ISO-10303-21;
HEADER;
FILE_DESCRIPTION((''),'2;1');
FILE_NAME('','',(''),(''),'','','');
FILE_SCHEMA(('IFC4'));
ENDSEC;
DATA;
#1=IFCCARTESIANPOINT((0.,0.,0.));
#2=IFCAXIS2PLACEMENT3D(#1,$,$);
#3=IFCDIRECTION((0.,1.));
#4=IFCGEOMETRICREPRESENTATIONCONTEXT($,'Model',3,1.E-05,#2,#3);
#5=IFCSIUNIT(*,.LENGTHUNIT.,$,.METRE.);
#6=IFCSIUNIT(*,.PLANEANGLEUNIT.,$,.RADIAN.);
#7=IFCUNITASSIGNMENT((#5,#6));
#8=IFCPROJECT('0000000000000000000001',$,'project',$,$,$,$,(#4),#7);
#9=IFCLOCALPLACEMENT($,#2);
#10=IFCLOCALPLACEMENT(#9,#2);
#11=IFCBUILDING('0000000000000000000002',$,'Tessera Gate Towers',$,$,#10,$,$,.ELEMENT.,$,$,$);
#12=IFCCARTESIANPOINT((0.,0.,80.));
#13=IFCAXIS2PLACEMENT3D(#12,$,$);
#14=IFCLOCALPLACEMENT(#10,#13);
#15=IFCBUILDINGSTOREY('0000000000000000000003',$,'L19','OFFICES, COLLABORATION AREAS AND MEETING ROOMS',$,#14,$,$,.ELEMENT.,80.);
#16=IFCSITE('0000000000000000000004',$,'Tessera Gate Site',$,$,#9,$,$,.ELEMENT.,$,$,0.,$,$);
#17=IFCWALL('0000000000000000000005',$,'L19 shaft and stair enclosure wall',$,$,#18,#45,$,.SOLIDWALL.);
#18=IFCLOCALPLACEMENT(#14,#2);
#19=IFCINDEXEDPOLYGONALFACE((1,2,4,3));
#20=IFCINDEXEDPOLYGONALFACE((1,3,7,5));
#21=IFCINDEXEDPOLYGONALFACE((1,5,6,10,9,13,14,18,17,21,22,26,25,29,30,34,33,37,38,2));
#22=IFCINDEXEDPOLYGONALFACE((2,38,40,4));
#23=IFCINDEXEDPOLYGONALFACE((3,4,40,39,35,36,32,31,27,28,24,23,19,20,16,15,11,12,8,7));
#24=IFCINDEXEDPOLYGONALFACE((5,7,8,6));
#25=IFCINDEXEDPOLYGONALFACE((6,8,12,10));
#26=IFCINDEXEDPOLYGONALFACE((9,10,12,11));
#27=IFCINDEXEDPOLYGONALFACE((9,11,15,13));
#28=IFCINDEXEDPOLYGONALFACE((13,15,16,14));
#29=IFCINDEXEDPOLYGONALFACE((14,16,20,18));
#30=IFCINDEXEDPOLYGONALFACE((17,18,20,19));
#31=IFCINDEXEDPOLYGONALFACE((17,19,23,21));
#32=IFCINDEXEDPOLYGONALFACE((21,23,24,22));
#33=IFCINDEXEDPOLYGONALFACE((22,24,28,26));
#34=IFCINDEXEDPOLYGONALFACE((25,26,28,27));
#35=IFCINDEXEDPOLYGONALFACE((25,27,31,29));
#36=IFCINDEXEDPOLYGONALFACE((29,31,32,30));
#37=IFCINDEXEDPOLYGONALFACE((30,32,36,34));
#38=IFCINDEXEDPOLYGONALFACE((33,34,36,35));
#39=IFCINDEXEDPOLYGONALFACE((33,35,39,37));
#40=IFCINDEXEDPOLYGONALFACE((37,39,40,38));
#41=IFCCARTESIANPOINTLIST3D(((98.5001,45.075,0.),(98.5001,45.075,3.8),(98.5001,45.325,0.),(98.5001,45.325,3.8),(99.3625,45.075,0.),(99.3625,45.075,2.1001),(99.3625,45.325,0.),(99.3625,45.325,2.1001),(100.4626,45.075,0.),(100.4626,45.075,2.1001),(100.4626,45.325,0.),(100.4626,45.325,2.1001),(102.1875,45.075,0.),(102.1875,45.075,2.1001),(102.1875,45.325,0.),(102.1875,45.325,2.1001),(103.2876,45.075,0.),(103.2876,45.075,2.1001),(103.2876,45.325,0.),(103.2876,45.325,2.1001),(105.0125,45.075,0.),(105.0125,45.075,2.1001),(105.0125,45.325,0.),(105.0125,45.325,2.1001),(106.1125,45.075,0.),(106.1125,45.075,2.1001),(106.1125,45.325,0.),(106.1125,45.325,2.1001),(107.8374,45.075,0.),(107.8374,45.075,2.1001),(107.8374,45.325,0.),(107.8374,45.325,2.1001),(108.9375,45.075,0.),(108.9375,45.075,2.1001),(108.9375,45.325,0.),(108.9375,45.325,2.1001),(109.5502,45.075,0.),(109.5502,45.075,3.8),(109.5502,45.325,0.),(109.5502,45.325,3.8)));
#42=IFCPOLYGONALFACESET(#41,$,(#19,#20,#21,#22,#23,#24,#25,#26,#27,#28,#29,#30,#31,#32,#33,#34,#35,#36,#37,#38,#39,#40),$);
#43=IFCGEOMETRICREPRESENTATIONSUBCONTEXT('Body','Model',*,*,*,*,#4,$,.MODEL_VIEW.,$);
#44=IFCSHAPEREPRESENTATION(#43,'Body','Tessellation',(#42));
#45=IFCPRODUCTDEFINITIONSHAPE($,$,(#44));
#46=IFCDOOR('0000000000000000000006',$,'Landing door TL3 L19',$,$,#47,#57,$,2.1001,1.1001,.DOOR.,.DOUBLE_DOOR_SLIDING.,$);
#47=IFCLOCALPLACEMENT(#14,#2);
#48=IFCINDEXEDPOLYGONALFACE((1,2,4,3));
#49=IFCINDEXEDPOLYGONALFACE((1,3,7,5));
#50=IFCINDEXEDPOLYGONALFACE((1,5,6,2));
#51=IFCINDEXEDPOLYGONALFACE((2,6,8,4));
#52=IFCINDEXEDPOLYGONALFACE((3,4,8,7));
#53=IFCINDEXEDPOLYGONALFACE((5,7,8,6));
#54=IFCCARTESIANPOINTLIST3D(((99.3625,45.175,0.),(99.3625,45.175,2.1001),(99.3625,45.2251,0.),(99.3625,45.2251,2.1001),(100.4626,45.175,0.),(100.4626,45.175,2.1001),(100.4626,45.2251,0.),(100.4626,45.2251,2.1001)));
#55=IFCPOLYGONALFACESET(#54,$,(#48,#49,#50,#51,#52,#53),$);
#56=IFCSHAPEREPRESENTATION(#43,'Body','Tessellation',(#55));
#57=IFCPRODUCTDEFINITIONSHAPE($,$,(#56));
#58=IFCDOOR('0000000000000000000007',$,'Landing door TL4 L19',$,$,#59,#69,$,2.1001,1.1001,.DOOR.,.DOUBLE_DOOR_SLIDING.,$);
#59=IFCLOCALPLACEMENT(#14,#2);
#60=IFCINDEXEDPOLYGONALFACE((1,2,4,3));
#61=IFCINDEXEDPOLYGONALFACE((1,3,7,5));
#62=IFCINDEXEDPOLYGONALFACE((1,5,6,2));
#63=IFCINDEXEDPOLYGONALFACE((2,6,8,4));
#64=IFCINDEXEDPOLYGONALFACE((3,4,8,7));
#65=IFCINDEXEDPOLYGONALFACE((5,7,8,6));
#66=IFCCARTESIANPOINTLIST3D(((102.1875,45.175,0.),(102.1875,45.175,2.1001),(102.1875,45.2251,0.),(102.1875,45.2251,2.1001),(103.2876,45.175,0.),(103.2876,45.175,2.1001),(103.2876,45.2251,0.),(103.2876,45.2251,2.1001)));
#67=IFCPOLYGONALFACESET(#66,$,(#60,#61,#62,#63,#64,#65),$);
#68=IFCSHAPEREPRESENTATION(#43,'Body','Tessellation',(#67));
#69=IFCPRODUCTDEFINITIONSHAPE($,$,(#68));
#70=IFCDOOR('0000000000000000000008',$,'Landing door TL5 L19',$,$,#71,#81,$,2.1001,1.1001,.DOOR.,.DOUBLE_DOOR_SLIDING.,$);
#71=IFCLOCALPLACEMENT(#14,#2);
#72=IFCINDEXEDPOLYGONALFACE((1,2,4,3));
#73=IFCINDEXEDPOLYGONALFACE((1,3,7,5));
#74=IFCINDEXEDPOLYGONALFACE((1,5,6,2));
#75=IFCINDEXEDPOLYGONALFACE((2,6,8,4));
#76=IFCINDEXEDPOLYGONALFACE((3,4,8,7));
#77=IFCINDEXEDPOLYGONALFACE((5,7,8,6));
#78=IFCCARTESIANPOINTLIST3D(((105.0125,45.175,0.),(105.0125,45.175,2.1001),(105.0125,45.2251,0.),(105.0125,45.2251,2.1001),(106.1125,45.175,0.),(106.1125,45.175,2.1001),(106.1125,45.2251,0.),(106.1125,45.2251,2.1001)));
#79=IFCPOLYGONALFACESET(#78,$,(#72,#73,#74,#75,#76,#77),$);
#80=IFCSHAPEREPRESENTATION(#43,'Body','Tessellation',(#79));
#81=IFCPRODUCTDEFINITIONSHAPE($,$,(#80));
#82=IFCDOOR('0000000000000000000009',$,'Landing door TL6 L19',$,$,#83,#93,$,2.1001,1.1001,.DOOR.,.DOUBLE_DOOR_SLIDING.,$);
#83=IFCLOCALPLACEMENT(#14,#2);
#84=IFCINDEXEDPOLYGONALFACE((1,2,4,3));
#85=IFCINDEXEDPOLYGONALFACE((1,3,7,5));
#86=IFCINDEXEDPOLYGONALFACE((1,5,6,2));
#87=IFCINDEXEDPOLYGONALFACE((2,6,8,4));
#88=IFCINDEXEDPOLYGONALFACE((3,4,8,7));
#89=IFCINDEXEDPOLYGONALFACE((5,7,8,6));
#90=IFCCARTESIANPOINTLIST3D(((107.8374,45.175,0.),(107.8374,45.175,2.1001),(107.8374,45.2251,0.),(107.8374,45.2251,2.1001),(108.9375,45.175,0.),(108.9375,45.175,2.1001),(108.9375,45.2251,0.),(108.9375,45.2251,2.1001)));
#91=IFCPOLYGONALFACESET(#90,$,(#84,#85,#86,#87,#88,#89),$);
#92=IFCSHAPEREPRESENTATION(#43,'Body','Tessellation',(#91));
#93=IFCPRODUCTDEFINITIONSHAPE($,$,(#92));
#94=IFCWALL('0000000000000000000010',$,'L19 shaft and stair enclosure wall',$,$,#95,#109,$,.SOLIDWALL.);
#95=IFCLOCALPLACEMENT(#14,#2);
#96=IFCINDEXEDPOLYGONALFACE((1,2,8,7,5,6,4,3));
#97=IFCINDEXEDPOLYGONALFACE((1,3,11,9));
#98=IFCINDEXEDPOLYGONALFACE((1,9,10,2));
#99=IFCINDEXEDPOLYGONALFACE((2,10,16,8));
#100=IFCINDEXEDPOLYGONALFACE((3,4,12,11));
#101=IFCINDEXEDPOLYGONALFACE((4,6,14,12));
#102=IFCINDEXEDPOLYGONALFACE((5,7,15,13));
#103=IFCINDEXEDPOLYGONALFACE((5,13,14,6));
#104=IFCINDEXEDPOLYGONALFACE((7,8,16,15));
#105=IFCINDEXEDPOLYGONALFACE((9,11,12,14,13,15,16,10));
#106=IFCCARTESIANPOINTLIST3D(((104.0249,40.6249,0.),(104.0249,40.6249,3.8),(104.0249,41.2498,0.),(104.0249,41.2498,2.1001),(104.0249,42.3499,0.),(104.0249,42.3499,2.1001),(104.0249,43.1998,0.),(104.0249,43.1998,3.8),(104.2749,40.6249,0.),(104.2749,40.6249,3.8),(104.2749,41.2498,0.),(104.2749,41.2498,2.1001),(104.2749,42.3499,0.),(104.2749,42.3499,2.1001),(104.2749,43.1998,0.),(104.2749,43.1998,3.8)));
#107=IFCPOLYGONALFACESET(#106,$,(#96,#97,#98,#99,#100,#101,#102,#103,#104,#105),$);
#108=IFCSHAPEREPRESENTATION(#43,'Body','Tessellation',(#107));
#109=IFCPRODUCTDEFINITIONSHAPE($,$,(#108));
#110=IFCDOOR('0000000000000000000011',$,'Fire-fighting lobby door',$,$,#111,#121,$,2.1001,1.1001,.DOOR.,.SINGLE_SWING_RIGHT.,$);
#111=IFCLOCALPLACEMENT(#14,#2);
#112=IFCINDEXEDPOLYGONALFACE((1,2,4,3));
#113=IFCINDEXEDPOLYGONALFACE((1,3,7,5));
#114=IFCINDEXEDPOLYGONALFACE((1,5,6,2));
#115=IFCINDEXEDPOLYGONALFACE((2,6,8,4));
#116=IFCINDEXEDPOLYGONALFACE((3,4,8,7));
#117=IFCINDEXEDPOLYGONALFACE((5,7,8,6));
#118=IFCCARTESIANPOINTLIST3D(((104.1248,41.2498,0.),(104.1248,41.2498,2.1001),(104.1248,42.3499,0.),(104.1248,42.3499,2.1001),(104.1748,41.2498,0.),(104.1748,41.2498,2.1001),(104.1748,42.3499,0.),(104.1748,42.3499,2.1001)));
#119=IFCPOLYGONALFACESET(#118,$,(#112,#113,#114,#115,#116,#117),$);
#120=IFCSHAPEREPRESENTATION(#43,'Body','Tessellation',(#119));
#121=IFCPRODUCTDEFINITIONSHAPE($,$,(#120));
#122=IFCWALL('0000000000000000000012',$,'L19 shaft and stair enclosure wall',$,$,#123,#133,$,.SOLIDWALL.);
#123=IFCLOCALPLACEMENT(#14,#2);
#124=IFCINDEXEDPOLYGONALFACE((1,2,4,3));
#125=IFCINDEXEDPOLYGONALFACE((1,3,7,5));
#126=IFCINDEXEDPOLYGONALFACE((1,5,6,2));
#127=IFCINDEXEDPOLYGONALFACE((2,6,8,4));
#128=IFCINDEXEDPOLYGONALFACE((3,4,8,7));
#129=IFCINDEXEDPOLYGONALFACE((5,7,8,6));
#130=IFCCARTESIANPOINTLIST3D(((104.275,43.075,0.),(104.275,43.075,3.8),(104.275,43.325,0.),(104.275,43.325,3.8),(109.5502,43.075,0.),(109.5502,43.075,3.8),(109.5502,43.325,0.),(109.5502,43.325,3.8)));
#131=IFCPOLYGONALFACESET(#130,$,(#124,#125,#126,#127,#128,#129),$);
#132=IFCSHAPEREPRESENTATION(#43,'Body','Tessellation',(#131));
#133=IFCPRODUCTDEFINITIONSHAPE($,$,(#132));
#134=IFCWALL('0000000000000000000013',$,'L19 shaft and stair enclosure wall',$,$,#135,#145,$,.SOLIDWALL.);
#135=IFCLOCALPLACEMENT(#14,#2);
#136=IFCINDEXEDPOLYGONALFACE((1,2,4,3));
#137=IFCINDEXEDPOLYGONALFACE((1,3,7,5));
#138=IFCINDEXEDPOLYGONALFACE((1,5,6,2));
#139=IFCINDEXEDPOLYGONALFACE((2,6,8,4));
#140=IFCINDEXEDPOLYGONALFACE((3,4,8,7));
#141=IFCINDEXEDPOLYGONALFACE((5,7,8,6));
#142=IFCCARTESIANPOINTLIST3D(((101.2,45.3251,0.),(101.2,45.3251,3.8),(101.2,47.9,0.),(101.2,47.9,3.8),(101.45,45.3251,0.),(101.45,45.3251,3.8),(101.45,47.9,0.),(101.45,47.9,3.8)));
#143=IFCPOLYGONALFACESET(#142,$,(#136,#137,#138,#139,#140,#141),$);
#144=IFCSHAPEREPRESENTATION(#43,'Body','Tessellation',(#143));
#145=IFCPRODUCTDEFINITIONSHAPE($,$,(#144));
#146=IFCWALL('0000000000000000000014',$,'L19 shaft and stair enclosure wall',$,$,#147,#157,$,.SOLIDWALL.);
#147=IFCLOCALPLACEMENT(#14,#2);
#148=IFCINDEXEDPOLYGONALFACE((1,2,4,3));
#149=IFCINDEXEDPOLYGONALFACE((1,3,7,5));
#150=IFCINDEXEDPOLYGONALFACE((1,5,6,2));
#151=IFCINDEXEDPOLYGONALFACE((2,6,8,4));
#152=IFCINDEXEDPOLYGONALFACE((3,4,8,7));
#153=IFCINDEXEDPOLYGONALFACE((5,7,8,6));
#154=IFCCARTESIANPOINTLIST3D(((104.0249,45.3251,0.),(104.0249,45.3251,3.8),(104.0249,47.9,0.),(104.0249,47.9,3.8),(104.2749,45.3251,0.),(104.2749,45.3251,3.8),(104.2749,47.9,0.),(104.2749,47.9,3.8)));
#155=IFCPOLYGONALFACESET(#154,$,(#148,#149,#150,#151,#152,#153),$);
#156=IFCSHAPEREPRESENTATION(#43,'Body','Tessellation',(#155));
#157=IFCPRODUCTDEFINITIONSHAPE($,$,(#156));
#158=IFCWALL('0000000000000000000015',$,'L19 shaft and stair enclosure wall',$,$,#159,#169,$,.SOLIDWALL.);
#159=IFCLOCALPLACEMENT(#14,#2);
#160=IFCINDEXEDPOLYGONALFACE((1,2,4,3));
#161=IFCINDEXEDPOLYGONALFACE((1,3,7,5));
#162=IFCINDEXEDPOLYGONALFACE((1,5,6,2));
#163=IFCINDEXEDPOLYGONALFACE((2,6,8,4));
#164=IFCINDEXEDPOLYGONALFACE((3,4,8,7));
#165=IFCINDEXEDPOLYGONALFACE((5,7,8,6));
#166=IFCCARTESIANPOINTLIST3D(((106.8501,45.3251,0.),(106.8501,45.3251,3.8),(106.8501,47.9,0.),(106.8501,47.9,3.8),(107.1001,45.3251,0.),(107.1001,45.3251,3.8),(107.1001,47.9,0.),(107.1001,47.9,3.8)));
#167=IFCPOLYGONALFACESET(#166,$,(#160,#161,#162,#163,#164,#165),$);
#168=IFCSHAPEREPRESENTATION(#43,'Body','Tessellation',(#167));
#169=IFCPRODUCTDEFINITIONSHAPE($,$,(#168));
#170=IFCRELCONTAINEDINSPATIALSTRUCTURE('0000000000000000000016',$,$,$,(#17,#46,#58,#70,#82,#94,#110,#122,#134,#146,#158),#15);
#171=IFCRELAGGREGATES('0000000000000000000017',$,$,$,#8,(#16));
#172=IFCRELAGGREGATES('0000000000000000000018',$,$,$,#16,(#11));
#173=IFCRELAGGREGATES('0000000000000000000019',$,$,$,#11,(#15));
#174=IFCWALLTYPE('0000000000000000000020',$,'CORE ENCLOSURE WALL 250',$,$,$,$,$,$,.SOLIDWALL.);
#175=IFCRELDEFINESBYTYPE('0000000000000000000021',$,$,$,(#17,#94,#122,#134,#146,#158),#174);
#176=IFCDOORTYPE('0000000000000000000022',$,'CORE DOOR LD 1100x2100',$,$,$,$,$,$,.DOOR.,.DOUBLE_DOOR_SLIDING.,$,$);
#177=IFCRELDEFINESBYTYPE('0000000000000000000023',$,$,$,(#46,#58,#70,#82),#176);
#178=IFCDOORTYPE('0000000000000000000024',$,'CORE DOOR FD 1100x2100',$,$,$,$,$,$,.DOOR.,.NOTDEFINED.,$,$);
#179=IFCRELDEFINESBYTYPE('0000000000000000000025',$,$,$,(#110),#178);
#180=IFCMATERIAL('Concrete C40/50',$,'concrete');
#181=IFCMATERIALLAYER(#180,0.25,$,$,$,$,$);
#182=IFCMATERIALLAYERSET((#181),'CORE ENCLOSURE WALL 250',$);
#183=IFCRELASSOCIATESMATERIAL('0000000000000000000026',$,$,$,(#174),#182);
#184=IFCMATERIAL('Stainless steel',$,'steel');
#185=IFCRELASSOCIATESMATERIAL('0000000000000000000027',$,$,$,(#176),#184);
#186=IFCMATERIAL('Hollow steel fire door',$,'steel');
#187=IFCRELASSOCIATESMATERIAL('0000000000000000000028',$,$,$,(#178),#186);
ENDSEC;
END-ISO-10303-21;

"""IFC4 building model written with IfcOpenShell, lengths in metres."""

from ifc_helpers import new_model, si_unit, direction, frame, frame_2d, origin, place, context, subcontext, project, spatial, rectangle, extrude, source, transform, mapped, material, layer, layer_set, type_object, element, fill, save


model = new_model("IFC4")

# Units and contexts
model_context = context("Model", 3, precision=1e-05, world=origin(), true_north=direction((0.0, 1.0)))
body_context = subcontext(model_context, "Body", "Model", "MODEL_VIEW")
ifc_project = project(units=[si_unit("LENGTHUNIT", "METRE"), si_unit("PLANEANGLEUNIT", "RADIAN")], contexts=[model_context])

# Site, building, storey
site_placement = place(None, origin())
site = spatial("IfcSite", under=ifc_project, at=site_placement, Name="Tessera Gate Site", CompositionType="ELEMENT", RefElevation=0.0)
building_placement = place(site_placement, origin())
building = spatial("IfcBuilding", under=site, at=building_placement, Name="Tessera Gate Towers", CompositionType="ELEMENT")
storey_placement = place(building_placement, frame((0.0, 0.0, 80.0)))
storey = spatial("IfcBuildingStorey", under=building, at=storey_placement, Name="L19", Description="OFFICES, COLLABORATION AREAS AND MEETING ROOMS", CompositionType="ELEMENT", Elevation=80.0)

# Wall, openings, doors
ifc_material_1 = material(Name="Concrete C40/50", Category="concrete")
ifc_layer_1 = layer(ifc_material_1, 0.25)
ifc_layer_set_1 = layer_set([ifc_layer_1], Name="CORE ENCLOSURE WALL 250")
wall_type_1 = type_object("IfcWallType", Name="CORE ENCLOSURE WALL 250", PredefinedType="SOLIDWALL", material=ifc_layer_set_1)
shared_shape_1 = source(origin(), body_context, "Body", "SweptSolid", [
    extrude(rectangle(XDim=1.1001, YDim=2.1001, at=frame_2d((0.55, 1.05))), frame((0.0, 0.135, 0.0), z_axis=(0.0, -1.0, 0.0), x_axis=(1.0, 0.0, 0.0)), (0.0, 0.0, 1.0), 0.27),
])
ifc_material_2 = material(Name="Stainless steel", Category="steel")
door_type_1 = type_object("IfcDoorType", Name="CORE DOOR LD 1100x2100", OperationType="DOUBLE_DOOR_SLIDING", PredefinedType="DOOR", material=ifc_material_2)
shared_shape_2 = source(origin(), body_context, "Body", "SweptSolid", [
    extrude(rectangle(XDim=1.1001, YDim=2.1001, at=frame_2d((0.55, 1.05))), frame((0.0, 0.0249, 0.0), z_axis=(0.0, -1.0, 0.0), x_axis=(1.0, 0.0, 0.0)), (0.0, 0.0, 1.0), 0.05),
])
wall_1_placement = place(storey_placement, frame((109.55, 45.2, 0.0), z_axis=(0.0, 0.0, 1.0), x_axis=(-1.0, 0.0, 0.0)))
wall_1 = element("IfcWall", 1, at=wall_1_placement, inside=storey, type_object=wall_type_1, Name="L19 shaft and stair enclosure wall", PredefinedType="SOLIDWALL", context=body_context, shape_type="SweptSolid", body=[
    extrude(rectangle(XDim=11.05, YDim=0.25, at=frame_2d((5.5249, 0.0))), origin(), (0.0, 0.0, 1.0), 3.8),
])
opening_1_placement = place(wall_1_placement, frame((9.0874, 0.0, 0.0)))
opening_1 = element("IfcOpeningElement", 2, at=opening_1_placement, cuts=wall_1, PredefinedType="OPENING", context=body_context, shape_type="MappedRepresentation", body=[
    mapped(shared_shape_1, transform((0.0, 0.0, 0.0), scale=1.0)),
])
opening_2_placement = place(wall_1_placement, frame((6.2625, 0.0, 0.0)))
opening_2 = element("IfcOpeningElement", 3, at=opening_2_placement, cuts=wall_1, PredefinedType="OPENING", context=body_context, shape_type="MappedRepresentation", body=[
    mapped(shared_shape_1, transform((0.0, 0.0, 0.0), scale=1.0)),
])
opening_3_placement = place(wall_1_placement, frame((3.4375, 0.0, 0.0)))
opening_3 = element("IfcOpeningElement", 4, at=opening_3_placement, cuts=wall_1, PredefinedType="OPENING", context=body_context, shape_type="MappedRepresentation", body=[
    mapped(shared_shape_1, transform((0.0, 0.0, 0.0), scale=1.0)),
])
opening_4_placement = place(wall_1_placement, frame((0.6125, 0.0, 0.0)))
opening_4 = element("IfcOpeningElement", 5, at=opening_4_placement, cuts=wall_1, PredefinedType="OPENING", context=body_context, shape_type="MappedRepresentation", body=[
    mapped(shared_shape_1, transform((0.0, 0.0, 0.0), scale=1.0)),
])
door_1_placement = place(opening_1_placement, origin())
door_1 = element("IfcDoor", 6, at=door_1_placement, inside=storey, type_object=door_type_1, Name="Landing door TL3 L19", OperationType="DOUBLE_DOOR_SLIDING", OverallHeight=2.1001, OverallWidth=1.1001, PredefinedType="DOOR", context=body_context, shape_type="MappedRepresentation", body=[
    mapped(shared_shape_2, transform((0.0, 0.0, 0.0), scale=1.0)),
])
fill(opening_1, door_1)
door_2_placement = place(opening_2_placement, origin())
door_2 = element("IfcDoor", 7, at=door_2_placement, inside=storey, type_object=door_type_1, Name="Landing door TL4 L19", OperationType="DOUBLE_DOOR_SLIDING", OverallHeight=2.1001, OverallWidth=1.1001, PredefinedType="DOOR", context=body_context, shape_type="MappedRepresentation", body=[
    mapped(shared_shape_2, transform((0.0, 0.0, 0.0), scale=1.0)),
])
fill(opening_2, door_2)
door_3_placement = place(opening_3_placement, origin())
door_3 = element("IfcDoor", 8, at=door_3_placement, inside=storey, type_object=door_type_1, Name="Landing door TL5 L19", OperationType="DOUBLE_DOOR_SLIDING", OverallHeight=2.1001, OverallWidth=1.1001, PredefinedType="DOOR", context=body_context, shape_type="MappedRepresentation", body=[
    mapped(shared_shape_2, transform((0.0, 0.0, 0.0), scale=1.0)),
])
fill(opening_3, door_3)
door_4_placement = place(opening_4_placement, origin())
door_4 = element("IfcDoor", 9, at=door_4_placement, inside=storey, type_object=door_type_1, Name="Landing door TL6 L19", OperationType="DOUBLE_DOOR_SLIDING", OverallHeight=2.1001, OverallWidth=1.1001, PredefinedType="DOOR", context=body_context, shape_type="MappedRepresentation", body=[
    mapped(shared_shape_2, transform((0.0, 0.0, 0.0), scale=1.0)),
])
fill(opening_4, door_4)

# Wall, opening, door
wall_2_placement = place(storey_placement, frame((104.1499, 43.2, 0.0), z_axis=(0.0, 0.0, 1.0), x_axis=(0.0, -1.0, 0.0)))
wall_2 = element("IfcWall", 10, at=wall_2_placement, inside=storey, type_object=wall_type_1, Name="L19 shaft and stair enclosure wall", PredefinedType="SOLIDWALL", context=body_context, shape_type="SweptSolid", body=[
    extrude(rectangle(XDim=2.575, YDim=0.25, at=frame_2d((1.2876, 0.0))), origin(), (0.0, 0.0, 1.0), 3.8),
])
opening_5_placement = place(wall_2_placement, frame((0.8501, 0.0, 0.0)))
opening_5 = element("IfcOpeningElement", 11, at=opening_5_placement, cuts=wall_2, PredefinedType="OPENING", context=body_context, shape_type="MappedRepresentation", body=[
    mapped(shared_shape_1, transform((0.0, 0.0, 0.0), scale=1.0)),
])
ifc_material_3 = material(Name="Hollow steel fire door", Category="steel")
door_type_2 = type_object("IfcDoorType", Name="CORE DOOR FD 1100x2100", OperationType="NOTDEFINED", PredefinedType="DOOR", material=ifc_material_3)
door_5_placement = place(opening_5_placement, origin())
door_5 = element("IfcDoor", 12, at=door_5_placement, inside=storey, type_object=door_type_2, Name="Fire-fighting lobby door", OperationType="SINGLE_SWING_RIGHT", OverallHeight=2.1001, OverallWidth=1.1001, PredefinedType="DOOR", context=body_context, shape_type="MappedRepresentation", body=[
    mapped(shared_shape_2, transform((0.0, 0.0, 0.0), scale=1.0)),
])
fill(opening_5, door_5)

# Walls
wall_3_placement = place(storey_placement, frame((104.2749, 43.2, 0.0), z_axis=(0.0, 0.0, 1.0), x_axis=(1.0, 0.0, 0.0)))
element("IfcWall", 13, at=wall_3_placement, inside=storey, type_object=wall_type_1, Name="L19 shaft and stair enclosure wall", PredefinedType="SOLIDWALL", context=body_context, shape_type="SweptSolid", body=[
    extrude(rectangle(XDim=5.2751, YDim=0.25, at=frame_2d((2.6377, 0.0))), origin(), (0.0, 0.0, 1.0), 3.8),
])
for number, where, z_axis, x_axis, name in (
    (14, (101.325, 45.325, 0.0), (0.0, 0.0, 1.0), (0.0, 1.0, 0.0), "L19 shaft and stair enclosure wall"),
    (15, (104.1499, 45.325, 0.0), (0.0, 0.0, 1.0), (0.0, 1.0, 0.0), "L19 shaft and stair enclosure wall"),
    (16, (106.9751, 45.325, 0.0), (0.0, 0.0, 1.0), (0.0, 1.0, 0.0), "L19 shaft and stair enclosure wall"),
):
    element("IfcWall", number, at=place(storey_placement, frame(where, z_axis=z_axis, x_axis=x_axis)), inside=storey, type_object=wall_type_1, Name=name, PredefinedType="SOLIDWALL", context=body_context, shape_type="SweptSolid", body=[
        extrude(rectangle(XDim=2.575, YDim=0.25, at=frame_2d((1.2876, 0.0))), origin(), (0.0, 0.0, 1.0), 3.8),
    ])

save(model, "model.ifc")
